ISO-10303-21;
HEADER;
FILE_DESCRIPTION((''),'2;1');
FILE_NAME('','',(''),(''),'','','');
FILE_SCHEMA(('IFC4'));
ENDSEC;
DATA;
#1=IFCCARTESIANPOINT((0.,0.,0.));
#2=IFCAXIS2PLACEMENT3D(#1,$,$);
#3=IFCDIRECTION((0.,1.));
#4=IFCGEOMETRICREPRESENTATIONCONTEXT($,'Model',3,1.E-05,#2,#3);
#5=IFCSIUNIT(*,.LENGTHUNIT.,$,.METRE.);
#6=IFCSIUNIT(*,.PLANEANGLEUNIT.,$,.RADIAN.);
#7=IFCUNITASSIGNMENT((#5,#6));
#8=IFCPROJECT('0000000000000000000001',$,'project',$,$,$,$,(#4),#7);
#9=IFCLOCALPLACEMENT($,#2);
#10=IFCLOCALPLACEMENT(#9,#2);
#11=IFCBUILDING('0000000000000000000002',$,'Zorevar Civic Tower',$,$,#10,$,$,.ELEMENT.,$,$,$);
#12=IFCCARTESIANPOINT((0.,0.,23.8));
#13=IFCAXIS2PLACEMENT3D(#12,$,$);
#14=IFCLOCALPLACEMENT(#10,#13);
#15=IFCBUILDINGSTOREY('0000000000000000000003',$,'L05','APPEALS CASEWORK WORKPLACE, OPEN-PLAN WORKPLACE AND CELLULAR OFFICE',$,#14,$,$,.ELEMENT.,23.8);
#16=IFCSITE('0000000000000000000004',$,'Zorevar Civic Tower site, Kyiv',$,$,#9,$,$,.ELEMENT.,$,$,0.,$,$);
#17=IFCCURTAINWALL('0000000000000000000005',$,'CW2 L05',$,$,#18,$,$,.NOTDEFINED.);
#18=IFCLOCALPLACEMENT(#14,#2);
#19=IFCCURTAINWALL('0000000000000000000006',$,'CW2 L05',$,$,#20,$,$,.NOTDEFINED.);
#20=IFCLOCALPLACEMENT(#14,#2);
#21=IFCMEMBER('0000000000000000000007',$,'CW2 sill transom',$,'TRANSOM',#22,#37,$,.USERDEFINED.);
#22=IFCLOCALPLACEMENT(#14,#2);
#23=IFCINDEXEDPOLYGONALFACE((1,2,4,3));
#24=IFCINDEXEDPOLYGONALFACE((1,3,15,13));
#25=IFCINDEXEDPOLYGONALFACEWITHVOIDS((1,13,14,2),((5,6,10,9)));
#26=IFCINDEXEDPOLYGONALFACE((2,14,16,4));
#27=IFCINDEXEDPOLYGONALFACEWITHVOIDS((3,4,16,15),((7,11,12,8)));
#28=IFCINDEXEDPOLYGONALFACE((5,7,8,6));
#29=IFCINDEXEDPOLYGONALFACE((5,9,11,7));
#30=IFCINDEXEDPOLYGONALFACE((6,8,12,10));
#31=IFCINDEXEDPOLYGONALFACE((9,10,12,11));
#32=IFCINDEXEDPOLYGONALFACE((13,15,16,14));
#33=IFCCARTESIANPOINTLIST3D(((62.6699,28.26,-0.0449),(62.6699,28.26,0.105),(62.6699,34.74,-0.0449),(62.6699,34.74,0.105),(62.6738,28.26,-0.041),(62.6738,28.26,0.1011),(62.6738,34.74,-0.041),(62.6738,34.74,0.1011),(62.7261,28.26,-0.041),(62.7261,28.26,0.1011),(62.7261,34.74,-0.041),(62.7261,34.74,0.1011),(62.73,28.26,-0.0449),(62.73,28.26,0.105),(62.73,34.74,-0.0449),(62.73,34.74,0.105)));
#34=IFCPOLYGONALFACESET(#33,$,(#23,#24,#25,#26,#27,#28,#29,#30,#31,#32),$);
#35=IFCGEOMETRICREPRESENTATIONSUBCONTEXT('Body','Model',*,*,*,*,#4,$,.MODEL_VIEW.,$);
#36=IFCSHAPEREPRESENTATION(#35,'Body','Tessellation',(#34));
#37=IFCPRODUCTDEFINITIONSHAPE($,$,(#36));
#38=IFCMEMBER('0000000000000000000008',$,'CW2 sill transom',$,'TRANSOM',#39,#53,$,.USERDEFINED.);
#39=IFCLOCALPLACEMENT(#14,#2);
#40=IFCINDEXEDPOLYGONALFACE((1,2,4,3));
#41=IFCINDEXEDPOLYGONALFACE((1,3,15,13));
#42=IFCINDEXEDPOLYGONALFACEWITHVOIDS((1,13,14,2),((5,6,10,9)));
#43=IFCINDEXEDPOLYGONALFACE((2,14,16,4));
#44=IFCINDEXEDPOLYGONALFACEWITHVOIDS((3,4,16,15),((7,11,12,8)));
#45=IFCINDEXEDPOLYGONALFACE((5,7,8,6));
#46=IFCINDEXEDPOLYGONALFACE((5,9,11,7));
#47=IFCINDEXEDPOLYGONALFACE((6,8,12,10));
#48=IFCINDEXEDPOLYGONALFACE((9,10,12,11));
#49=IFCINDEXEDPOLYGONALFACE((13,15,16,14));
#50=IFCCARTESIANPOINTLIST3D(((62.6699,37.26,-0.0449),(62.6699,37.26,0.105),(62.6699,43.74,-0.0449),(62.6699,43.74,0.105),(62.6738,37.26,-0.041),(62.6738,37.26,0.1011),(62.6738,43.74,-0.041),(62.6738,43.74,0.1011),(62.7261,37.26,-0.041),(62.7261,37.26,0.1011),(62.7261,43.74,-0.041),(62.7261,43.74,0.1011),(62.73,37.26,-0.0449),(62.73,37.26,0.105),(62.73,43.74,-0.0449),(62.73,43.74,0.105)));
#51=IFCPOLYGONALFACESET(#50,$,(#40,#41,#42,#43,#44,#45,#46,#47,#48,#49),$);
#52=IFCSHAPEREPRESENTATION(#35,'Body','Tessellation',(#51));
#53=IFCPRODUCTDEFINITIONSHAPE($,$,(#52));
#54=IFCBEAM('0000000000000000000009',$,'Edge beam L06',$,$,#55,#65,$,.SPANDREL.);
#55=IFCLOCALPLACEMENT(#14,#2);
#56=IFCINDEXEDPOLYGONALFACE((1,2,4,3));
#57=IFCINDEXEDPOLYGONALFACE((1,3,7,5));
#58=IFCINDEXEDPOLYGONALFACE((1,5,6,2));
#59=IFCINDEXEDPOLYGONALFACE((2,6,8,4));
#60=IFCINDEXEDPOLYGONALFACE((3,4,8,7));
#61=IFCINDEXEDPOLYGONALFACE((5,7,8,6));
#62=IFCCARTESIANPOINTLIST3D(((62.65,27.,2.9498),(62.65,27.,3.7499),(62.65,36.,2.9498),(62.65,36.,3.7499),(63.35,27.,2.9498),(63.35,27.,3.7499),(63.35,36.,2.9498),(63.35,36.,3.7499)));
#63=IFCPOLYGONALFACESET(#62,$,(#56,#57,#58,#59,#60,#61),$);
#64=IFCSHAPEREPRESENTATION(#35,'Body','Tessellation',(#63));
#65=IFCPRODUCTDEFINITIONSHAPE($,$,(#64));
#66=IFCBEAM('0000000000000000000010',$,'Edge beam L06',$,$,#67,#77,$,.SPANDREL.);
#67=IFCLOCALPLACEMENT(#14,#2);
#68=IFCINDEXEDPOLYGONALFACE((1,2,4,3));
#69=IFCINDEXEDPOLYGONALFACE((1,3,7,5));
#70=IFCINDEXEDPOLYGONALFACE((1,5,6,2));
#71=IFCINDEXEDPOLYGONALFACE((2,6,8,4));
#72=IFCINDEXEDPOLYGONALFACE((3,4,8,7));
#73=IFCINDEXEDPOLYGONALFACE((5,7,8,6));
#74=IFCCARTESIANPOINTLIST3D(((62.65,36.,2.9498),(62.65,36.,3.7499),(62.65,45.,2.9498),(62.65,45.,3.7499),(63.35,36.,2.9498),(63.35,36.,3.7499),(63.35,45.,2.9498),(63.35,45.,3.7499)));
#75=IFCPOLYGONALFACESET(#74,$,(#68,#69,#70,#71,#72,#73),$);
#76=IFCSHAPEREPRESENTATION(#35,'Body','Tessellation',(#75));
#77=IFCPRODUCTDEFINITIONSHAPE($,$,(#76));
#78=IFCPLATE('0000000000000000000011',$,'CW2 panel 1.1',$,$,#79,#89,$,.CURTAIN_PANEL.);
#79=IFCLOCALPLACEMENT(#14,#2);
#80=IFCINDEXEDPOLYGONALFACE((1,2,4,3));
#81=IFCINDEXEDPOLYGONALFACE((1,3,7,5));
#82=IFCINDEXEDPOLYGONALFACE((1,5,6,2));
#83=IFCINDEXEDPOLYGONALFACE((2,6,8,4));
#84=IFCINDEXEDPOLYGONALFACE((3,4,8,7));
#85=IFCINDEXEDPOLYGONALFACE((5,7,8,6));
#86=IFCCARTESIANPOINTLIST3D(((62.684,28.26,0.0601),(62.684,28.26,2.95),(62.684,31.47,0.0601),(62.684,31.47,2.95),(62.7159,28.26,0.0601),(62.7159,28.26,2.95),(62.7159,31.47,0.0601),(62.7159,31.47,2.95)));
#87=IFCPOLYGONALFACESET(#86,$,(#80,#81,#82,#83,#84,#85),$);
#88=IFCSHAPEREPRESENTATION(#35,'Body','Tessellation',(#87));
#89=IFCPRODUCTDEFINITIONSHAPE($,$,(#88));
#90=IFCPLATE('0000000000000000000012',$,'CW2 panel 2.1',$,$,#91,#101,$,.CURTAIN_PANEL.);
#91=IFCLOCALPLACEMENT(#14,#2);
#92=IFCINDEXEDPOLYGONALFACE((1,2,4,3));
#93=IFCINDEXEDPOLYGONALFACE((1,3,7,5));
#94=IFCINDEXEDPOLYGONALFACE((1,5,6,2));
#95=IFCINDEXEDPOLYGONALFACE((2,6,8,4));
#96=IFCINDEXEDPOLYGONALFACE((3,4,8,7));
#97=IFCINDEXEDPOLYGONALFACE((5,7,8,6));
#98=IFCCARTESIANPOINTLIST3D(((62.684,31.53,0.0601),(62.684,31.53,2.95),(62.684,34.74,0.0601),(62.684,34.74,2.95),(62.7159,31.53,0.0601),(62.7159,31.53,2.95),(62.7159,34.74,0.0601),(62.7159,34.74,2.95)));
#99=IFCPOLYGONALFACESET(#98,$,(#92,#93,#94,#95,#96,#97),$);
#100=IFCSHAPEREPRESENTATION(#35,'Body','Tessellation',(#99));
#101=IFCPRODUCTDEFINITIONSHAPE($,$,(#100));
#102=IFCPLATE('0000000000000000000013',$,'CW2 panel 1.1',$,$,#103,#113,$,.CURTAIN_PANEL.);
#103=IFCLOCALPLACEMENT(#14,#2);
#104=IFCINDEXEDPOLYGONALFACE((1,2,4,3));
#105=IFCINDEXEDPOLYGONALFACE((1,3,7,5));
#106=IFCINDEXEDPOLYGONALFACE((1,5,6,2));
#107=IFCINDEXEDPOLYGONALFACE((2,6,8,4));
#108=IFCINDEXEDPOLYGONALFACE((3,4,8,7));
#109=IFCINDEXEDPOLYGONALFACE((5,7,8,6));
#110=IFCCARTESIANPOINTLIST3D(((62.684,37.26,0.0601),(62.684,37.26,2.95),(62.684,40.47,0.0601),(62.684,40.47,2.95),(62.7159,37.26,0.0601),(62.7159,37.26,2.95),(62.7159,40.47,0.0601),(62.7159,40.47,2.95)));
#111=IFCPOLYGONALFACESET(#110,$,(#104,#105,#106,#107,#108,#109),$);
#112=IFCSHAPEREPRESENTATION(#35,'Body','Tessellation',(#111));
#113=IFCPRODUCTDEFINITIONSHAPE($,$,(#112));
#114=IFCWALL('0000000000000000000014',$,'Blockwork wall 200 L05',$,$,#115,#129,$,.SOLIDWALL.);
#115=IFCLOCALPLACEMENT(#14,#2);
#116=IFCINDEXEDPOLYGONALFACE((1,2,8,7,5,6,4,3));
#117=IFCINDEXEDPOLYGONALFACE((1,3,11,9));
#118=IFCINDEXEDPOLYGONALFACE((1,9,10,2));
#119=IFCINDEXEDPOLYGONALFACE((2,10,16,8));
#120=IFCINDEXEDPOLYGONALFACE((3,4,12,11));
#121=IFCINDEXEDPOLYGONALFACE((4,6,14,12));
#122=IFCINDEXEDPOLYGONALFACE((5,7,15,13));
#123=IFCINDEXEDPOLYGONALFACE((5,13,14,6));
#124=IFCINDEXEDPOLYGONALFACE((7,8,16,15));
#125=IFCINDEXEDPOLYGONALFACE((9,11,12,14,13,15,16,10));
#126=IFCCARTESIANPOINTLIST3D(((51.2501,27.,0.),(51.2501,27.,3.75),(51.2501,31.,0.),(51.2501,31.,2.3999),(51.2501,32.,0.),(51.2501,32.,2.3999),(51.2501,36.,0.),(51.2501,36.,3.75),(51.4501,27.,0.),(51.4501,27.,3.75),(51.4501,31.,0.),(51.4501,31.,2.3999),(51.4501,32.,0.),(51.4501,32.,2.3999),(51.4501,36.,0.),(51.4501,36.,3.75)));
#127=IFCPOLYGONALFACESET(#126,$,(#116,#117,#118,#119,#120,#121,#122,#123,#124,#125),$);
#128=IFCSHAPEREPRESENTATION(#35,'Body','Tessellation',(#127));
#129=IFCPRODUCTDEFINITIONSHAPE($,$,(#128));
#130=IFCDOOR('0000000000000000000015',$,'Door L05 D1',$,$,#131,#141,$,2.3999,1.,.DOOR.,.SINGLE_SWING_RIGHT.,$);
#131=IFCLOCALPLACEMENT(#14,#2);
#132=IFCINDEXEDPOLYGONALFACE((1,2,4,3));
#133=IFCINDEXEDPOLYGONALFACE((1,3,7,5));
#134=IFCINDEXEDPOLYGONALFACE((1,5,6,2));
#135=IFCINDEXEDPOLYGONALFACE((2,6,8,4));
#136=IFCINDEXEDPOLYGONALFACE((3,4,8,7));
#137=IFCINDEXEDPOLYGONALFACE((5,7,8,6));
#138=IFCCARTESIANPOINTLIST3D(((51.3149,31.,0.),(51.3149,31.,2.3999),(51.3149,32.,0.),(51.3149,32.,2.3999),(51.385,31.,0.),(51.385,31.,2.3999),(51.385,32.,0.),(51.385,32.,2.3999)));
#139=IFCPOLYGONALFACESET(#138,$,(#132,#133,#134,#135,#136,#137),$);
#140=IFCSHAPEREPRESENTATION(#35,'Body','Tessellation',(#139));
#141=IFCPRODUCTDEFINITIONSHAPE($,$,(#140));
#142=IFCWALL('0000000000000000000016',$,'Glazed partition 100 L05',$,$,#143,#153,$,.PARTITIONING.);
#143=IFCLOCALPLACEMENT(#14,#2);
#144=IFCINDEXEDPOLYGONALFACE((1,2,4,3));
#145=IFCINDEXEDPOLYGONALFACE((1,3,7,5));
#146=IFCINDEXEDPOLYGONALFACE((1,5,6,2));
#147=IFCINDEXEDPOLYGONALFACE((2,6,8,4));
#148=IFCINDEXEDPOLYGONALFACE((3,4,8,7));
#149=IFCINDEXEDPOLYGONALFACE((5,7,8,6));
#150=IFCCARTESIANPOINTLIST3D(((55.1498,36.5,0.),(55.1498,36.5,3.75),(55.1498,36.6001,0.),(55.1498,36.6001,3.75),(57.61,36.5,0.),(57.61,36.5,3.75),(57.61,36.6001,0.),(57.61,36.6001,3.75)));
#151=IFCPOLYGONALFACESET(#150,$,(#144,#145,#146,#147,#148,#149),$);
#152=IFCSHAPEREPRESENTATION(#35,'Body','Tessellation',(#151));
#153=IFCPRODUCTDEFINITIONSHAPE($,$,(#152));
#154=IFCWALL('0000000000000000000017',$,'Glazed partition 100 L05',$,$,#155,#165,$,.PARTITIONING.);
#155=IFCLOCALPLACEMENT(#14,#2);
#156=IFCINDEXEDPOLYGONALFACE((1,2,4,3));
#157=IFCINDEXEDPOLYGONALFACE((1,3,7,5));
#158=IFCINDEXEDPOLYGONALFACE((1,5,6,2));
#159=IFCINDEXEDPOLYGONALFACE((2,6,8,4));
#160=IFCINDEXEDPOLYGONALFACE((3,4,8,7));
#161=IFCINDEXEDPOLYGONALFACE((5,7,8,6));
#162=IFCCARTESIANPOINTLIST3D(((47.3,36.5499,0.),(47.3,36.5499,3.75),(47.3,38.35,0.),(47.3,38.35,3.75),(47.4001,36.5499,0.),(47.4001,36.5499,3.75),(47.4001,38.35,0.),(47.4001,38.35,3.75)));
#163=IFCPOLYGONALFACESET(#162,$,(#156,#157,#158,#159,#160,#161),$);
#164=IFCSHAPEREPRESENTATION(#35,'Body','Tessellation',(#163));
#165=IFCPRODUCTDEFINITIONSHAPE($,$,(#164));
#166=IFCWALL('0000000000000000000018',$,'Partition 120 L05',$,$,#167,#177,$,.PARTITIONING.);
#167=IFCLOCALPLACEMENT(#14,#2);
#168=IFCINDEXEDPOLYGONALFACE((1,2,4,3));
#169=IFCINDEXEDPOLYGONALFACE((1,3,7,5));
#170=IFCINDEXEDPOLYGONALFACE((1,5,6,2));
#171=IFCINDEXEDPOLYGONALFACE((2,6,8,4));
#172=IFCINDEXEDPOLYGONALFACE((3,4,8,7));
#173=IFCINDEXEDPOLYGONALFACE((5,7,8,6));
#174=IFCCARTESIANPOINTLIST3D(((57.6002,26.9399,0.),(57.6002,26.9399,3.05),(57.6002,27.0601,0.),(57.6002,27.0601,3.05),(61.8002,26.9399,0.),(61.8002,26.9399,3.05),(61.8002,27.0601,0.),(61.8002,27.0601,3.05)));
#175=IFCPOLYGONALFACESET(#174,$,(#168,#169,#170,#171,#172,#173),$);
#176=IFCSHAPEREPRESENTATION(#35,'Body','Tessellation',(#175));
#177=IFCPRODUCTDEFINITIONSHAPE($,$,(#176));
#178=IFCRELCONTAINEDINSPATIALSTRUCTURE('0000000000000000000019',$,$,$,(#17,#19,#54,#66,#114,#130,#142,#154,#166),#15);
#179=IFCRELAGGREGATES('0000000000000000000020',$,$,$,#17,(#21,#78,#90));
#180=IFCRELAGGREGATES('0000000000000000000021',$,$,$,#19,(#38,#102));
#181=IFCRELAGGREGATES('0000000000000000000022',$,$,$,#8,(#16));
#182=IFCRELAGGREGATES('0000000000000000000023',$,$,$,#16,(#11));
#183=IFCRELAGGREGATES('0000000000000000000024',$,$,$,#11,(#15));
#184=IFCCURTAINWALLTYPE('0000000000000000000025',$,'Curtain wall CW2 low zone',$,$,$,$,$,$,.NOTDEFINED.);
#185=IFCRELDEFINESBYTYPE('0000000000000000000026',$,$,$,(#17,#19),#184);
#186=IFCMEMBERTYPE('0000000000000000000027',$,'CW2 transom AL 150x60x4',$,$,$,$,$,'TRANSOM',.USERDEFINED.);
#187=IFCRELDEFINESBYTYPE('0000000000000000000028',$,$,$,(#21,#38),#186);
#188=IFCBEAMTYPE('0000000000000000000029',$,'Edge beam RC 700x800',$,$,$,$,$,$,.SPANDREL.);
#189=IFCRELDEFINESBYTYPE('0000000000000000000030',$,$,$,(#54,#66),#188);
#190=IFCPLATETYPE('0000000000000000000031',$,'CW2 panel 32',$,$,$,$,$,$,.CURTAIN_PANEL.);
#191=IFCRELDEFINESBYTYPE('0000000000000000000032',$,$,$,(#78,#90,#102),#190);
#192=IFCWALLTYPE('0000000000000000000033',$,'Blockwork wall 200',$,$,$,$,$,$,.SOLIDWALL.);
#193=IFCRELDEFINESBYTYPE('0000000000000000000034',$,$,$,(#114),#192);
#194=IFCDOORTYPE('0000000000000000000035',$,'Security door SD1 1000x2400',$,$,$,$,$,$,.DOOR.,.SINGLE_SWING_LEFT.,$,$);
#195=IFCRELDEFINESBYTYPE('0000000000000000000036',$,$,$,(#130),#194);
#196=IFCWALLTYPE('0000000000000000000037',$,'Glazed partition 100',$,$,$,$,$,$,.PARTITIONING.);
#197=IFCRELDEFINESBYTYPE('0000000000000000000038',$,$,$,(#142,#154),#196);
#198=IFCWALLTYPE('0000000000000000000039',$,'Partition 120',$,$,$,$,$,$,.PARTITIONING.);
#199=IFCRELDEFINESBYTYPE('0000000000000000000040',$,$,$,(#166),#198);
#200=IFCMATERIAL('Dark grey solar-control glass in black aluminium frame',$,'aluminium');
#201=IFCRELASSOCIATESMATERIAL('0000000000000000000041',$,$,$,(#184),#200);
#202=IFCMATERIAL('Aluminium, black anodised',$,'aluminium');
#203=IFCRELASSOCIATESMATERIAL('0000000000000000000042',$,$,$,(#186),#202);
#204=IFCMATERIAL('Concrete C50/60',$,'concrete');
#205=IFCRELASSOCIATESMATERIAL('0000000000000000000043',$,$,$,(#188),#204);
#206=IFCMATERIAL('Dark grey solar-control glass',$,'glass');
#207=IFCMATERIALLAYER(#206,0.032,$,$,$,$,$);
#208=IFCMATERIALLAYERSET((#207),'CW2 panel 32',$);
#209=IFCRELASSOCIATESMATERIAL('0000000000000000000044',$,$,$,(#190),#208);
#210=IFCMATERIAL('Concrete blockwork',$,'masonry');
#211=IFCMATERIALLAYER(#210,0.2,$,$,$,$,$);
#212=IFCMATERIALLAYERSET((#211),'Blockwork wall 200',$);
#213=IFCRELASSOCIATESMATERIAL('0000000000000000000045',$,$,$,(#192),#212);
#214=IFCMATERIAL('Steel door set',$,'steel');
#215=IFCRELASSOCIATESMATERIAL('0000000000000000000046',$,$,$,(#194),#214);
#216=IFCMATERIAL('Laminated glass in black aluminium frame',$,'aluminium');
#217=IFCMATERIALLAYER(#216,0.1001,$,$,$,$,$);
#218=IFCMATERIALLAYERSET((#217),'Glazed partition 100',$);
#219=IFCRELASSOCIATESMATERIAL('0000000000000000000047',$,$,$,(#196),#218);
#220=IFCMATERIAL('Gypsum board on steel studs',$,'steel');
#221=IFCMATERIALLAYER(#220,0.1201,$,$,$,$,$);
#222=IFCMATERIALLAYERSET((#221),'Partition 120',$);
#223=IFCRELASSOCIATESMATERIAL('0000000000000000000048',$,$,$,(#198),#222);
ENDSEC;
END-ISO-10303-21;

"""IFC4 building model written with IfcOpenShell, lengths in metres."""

from ifc_helpers import new_model, si_unit, direction, frame, frame_2d, origin, origin_2d, place, context, subcontext, project, spatial, rectangle, hollow_rectangle, extrude, material, layer, layer_set, material_profile, profile_set, type_object, element, fill, aggregate, save


model = new_model("IFC4")

# Units and contexts
model_context = context("Model", 3, precision=1e-05, world=origin(), true_north=direction((0.0, 1.0)))
body_context = subcontext(model_context, "Body", "Model", "MODEL_VIEW")
ifc_project = project(units=[si_unit("LENGTHUNIT", "METRE"), si_unit("PLANEANGLEUNIT", "RADIAN")], contexts=[model_context])

# Site, building, storey
site_placement = place(None, origin())
site = spatial("IfcSite", under=ifc_project, at=site_placement, Name="Zorevar Civic Tower site, Kyiv", CompositionType="ELEMENT", RefElevation=0.0)
building_placement = place(site_placement, origin())
building = spatial("IfcBuilding", under=site, at=building_placement, Name="Zorevar Civic Tower", CompositionType="ELEMENT")
storey_placement = place(building_placement, frame((0.0, 0.0, 23.8)))
storey = spatial("IfcBuildingStorey", under=building, at=storey_placement, Name="L05", Description="APPEALS CASEWORK WORKPLACE, OPEN-PLAN WORKPLACE AND CELLULAR OFFICE", CompositionType="ELEMENT", Elevation=23.8)

# Curtain wall
ifc_material_1 = material(Name="Dark grey solar-control glass in black aluminium frame", Category="aluminium")
curtain_wall_type = type_object("IfcCurtainWallType", Name="Curtain wall CW2 low zone", PredefinedType="NOTDEFINED", material=ifc_material_1)
curtain_wall_1_placement = place(storey_placement, origin())
curtain_wall_1 = element("IfcCurtainWall", 1, at=curtain_wall_1_placement, inside=storey, type_object=curtain_wall_type, Name="CW2 L05", PredefinedType="NOTDEFINED")

# Curtain wall
curtain_wall_2_placement = place(storey_placement, origin())
curtain_wall_2 = element("IfcCurtainWall", 2, at=curtain_wall_2_placement, inside=storey, type_object=curtain_wall_type, Name="CW2 L05", PredefinedType="NOTDEFINED")

# Members
ifc_material_2 = material(Name="Aluminium, black anodised", Category="aluminium")
ifc_material_profile_1 = material_profile(ifc_material_2, hollow_rectangle(XDim=0.0601, YDim=0.1499, WallThickness=0.0039, at=origin_2d()), Name="AL 150x60x4")
ifc_profile_set_1 = profile_set([ifc_material_profile_1], Name="Aluminium, black anodised")
member_type_1 = type_object("IfcMemberType", Name="CW2 transom AL 150x60x4", ElementType="TRANSOM", PredefinedType="USERDEFINED", material=ifc_profile_set_1)
member_1_placement = place(storey_placement, frame((62.7, 28.26, 0.03), z_axis=(0.0, 1.0, 0.0), x_axis=(-1.0, 0.0, 0.0)))
member_1 = element("IfcMember", 3, at=member_1_placement, type_object=member_type_1, Name="CW2 sill transom", ObjectType="TRANSOM", PredefinedType="USERDEFINED", context=body_context, shape_type="SweptSolid", body=[
    extrude(hollow_rectangle(XDim=0.0601, YDim=0.1499, WallThickness=0.0039, at=origin_2d()), origin(), (0.0, 0.0, 1.0), 6.48),
])
member_2_placement = place(storey_placement, frame((62.7, 37.26, 0.03), z_axis=(0.0, 1.0, 0.0), x_axis=(-1.0, 0.0, 0.0)))
member_2 = element("IfcMember", 4, at=member_2_placement, type_object=member_type_1, Name="CW2 sill transom", ObjectType="TRANSOM", PredefinedType="USERDEFINED", context=body_context, shape_type="SweptSolid", body=[
    extrude(hollow_rectangle(XDim=0.0601, YDim=0.1499, WallThickness=0.0039, at=origin_2d()), origin(), (0.0, 0.0, 1.0), 6.48),
])

# Beams
ifc_material_3 = material(Name="Concrete C50/60", Category="concrete")
ifc_material_profile_2 = material_profile(ifc_material_3, rectangle(XDim=0.7, YDim=0.8, at=origin_2d()), Name="RC 700x800")
ifc_profile_set_2 = profile_set([ifc_material_profile_2], Name="Concrete C50/60")
beam_type_1 = type_object("IfcBeamType", Name="Edge beam RC 700x800", PredefinedType="SPANDREL", material=ifc_profile_set_2)
for number, where, z_axis, x_axis, name in (
    (5, (63.0, 27.0, 3.3499), (0.0, 1.0, 0.0), (-1.0, 0.0, 0.0), "Edge beam L06"),
    (6, (63.0, 36.0, 3.3499), (0.0, 1.0, 0.0), (-1.0, 0.0, 0.0), "Edge beam L06"),
):
    element("IfcBeam", number, at=place(storey_placement, frame(where, z_axis=z_axis, x_axis=x_axis)), inside=storey, type_object=beam_type_1, Name=name, PredefinedType="SPANDREL", context=body_context, shape_type="SweptSolid", body=[
        extrude(rectangle(XDim=0.7, YDim=0.8, at=origin_2d()), origin(), (0.0, 0.0, 1.0), 9.0),
    ])

# Plates
ifc_material_4 = material(Name="Dark grey solar-control glass", Category="glass")
ifc_layer_1 = layer(ifc_material_4, 0.032)
ifc_layer_set_1 = layer_set([ifc_layer_1], Name="CW2 panel 32")
plate_type = type_object("IfcPlateType", Name="CW2 panel 32", PredefinedType="CURTAIN_PANEL", material=ifc_layer_set_1)
plate_1_placement = place(storey_placement, frame((62.7, 29.865, 0.0601), z_axis=(0.0, 0.0, 1.0), x_axis=(0.0, 1.0, 0.0)))
plate_1 = element("IfcPlate", 7, at=plate_1_placement, type_object=plate_type, Name="CW2 panel 1.1", PredefinedType="CURTAIN_PANEL", context=body_context, shape_type="SweptSolid", body=[
    extrude(rectangle(XDim=3.21, YDim=0.032, at=origin_2d()), origin(), (0.0, 0.0, 1.0), 2.8899),
])
plate_2_placement = place(storey_placement, frame((62.7, 33.135, 0.0601), z_axis=(0.0, 0.0, 1.0), x_axis=(0.0, 1.0, 0.0)))
plate_2 = element("IfcPlate", 8, at=plate_2_placement, type_object=plate_type, Name="CW2 panel 2.1", PredefinedType="CURTAIN_PANEL", context=body_context, shape_type="SweptSolid", body=[
    extrude(rectangle(XDim=3.21, YDim=0.032, at=origin_2d()), origin(), (0.0, 0.0, 1.0), 2.8899),
])
aggregate(curtain_wall_1, [member_1, plate_1, plate_2])
plate_3_placement = place(storey_placement, frame((62.7, 38.865, 0.0601), z_axis=(0.0, 0.0, 1.0), x_axis=(0.0, 1.0, 0.0)))
plate_3 = element("IfcPlate", 9, at=plate_3_placement, type_object=plate_type, Name="CW2 panel 1.1", PredefinedType="CURTAIN_PANEL", context=body_context, shape_type="SweptSolid", body=[
    extrude(rectangle(XDim=3.21, YDim=0.032, at=origin_2d()), origin(), (0.0, 0.0, 1.0), 2.8899),
])
aggregate(curtain_wall_2, [member_2, plate_3])

# Wall, opening, door
ifc_material_5 = material(Name="Concrete blockwork", Category="masonry")
ifc_layer_2 = layer(ifc_material_5, 0.2)
ifc_layer_set_2 = layer_set([ifc_layer_2], Name="Blockwork wall 200")
wall_type_1 = type_object("IfcWallType", Name="Blockwork wall 200", PredefinedType="SOLIDWALL", material=ifc_layer_set_2)
wall_1_placement = place(storey_placement, frame((51.3501, 27.0, 0.0), z_axis=(0.0, 0.0, 1.0), x_axis=(0.0, 1.0, 0.0)))
wall_1 = element("IfcWall", 10, at=wall_1_placement, inside=storey, type_object=wall_type_1, Name="Blockwork wall 200 L05", PredefinedType="SOLIDWALL", context=body_context, shape_type="SweptSolid", body=[
    extrude(rectangle(XDim=9.0, YDim=0.2, at=frame_2d((4.5, 0.0))), origin(), (0.0, 0.0, 1.0), 3.75),
])
opening_1_placement = place(wall_1_placement, frame((4.0, 0.0, 0.0)))
opening_1 = element("IfcOpeningElement", 11, at=opening_1_placement, cuts=wall_1, PredefinedType="OPENING", context=body_context, shape_type="SweptSolid", body=[
    extrude(rectangle(XDim=1.0, YDim=2.3999, at=frame_2d((0.5, 1.2))), frame((0.0, 0.1099, 0.0), z_axis=(0.0, -1.0, 0.0), x_axis=(1.0, 0.0, 0.0)), (0.0, 0.0, 1.0), 0.22),
])
ifc_material_6 = material(Name="Steel door set", Category="steel")
door_type_1 = type_object("IfcDoorType", Name="Security door SD1 1000x2400", OperationType="SINGLE_SWING_LEFT", PredefinedType="DOOR", material=ifc_material_6)
door_1_placement = place(opening_1_placement, origin())
door_1 = element("IfcDoor", 12, at=door_1_placement, inside=storey, type_object=door_type_1, Name="Door L05 D1", OperationType="SINGLE_SWING_RIGHT", OverallHeight=2.3999, OverallWidth=1.0, PredefinedType="DOOR", context=body_context, shape_type="SweptSolid", body=[
    extrude(rectangle(XDim=1.0, YDim=2.3999, at=frame_2d((0.5, 1.2))), frame((0.0, 0.0352, 0.0), z_axis=(0.0, -1.0, 0.0), x_axis=(1.0, 0.0, 0.0)), (0.0, 0.0, 1.0), 0.0701),
])
fill(opening_1, door_1)

# Walls
ifc_material_7 = material(Name="Laminated glass in black aluminium frame", Category="aluminium")
ifc_layer_3 = layer(ifc_material_7, 0.1001)
ifc_layer_set_3 = layer_set([ifc_layer_3], Name="Glazed partition 100")
wall_type_2 = type_object("IfcWallType", Name="Glazed partition 100", PredefinedType="PARTITIONING", material=ifc_layer_set_3)
wall_2_placement = place(storey_placement, frame((55.1499, 36.55, 0.0), z_axis=(0.0, 0.0, 1.0), x_axis=(1.0, 0.0, 0.0)))
element("IfcWall", 13, at=wall_2_placement, inside=storey, type_object=wall_type_2, Name="Glazed partition 100 L05", PredefinedType="PARTITIONING", context=body_context, shape_type="SweptSolid", body=[
    extrude(rectangle(XDim=2.4602, YDim=0.1001, at=frame_2d((1.23, 0.0))), origin(), (0.0, 0.0, 1.0), 3.75),
])
wall_3_placement = place(storey_placement, frame((47.3501, 36.55, 0.0), z_axis=(0.0, 0.0, 1.0), x_axis=(0.0, 1.0, 0.0)))
element("IfcWall", 14, at=wall_3_placement, inside=storey, type_object=wall_type_2, Name="Glazed partition 100 L05", PredefinedType="PARTITIONING", context=body_context, shape_type="SweptSolid", body=[
    extrude(rectangle(XDim=1.8, YDim=0.1001, at=frame_2d((0.8999, 0.0))), origin(), (0.0, 0.0, 1.0), 3.75),
])
ifc_material_8 = material(Name="Gypsum board on steel studs", Category="steel")
ifc_layer_4 = layer(ifc_material_8, 0.1201)
ifc_layer_set_4 = layer_set([ifc_layer_4], Name="Partition 120")
wall_type_3 = type_object("IfcWallType", Name="Partition 120", PredefinedType="PARTITIONING", material=ifc_layer_set_4)
wall_4_placement = place(storey_placement, frame((57.6001, 27.0, 0.0), z_axis=(0.0, 0.0, 1.0), x_axis=(1.0, 0.0, 0.0)))
element("IfcWall", 15, at=wall_4_placement, inside=storey, type_object=wall_type_3, Name="Partition 120 L05", PredefinedType="PARTITIONING", context=body_context, shape_type="SweptSolid", body=[
    extrude(rectangle(XDim=4.2, YDim=0.1201, at=frame_2d((2.1001, 0.0))), origin(), (0.0, 0.0, 1.0), 3.05),
])

save(model, "model.ifc")
